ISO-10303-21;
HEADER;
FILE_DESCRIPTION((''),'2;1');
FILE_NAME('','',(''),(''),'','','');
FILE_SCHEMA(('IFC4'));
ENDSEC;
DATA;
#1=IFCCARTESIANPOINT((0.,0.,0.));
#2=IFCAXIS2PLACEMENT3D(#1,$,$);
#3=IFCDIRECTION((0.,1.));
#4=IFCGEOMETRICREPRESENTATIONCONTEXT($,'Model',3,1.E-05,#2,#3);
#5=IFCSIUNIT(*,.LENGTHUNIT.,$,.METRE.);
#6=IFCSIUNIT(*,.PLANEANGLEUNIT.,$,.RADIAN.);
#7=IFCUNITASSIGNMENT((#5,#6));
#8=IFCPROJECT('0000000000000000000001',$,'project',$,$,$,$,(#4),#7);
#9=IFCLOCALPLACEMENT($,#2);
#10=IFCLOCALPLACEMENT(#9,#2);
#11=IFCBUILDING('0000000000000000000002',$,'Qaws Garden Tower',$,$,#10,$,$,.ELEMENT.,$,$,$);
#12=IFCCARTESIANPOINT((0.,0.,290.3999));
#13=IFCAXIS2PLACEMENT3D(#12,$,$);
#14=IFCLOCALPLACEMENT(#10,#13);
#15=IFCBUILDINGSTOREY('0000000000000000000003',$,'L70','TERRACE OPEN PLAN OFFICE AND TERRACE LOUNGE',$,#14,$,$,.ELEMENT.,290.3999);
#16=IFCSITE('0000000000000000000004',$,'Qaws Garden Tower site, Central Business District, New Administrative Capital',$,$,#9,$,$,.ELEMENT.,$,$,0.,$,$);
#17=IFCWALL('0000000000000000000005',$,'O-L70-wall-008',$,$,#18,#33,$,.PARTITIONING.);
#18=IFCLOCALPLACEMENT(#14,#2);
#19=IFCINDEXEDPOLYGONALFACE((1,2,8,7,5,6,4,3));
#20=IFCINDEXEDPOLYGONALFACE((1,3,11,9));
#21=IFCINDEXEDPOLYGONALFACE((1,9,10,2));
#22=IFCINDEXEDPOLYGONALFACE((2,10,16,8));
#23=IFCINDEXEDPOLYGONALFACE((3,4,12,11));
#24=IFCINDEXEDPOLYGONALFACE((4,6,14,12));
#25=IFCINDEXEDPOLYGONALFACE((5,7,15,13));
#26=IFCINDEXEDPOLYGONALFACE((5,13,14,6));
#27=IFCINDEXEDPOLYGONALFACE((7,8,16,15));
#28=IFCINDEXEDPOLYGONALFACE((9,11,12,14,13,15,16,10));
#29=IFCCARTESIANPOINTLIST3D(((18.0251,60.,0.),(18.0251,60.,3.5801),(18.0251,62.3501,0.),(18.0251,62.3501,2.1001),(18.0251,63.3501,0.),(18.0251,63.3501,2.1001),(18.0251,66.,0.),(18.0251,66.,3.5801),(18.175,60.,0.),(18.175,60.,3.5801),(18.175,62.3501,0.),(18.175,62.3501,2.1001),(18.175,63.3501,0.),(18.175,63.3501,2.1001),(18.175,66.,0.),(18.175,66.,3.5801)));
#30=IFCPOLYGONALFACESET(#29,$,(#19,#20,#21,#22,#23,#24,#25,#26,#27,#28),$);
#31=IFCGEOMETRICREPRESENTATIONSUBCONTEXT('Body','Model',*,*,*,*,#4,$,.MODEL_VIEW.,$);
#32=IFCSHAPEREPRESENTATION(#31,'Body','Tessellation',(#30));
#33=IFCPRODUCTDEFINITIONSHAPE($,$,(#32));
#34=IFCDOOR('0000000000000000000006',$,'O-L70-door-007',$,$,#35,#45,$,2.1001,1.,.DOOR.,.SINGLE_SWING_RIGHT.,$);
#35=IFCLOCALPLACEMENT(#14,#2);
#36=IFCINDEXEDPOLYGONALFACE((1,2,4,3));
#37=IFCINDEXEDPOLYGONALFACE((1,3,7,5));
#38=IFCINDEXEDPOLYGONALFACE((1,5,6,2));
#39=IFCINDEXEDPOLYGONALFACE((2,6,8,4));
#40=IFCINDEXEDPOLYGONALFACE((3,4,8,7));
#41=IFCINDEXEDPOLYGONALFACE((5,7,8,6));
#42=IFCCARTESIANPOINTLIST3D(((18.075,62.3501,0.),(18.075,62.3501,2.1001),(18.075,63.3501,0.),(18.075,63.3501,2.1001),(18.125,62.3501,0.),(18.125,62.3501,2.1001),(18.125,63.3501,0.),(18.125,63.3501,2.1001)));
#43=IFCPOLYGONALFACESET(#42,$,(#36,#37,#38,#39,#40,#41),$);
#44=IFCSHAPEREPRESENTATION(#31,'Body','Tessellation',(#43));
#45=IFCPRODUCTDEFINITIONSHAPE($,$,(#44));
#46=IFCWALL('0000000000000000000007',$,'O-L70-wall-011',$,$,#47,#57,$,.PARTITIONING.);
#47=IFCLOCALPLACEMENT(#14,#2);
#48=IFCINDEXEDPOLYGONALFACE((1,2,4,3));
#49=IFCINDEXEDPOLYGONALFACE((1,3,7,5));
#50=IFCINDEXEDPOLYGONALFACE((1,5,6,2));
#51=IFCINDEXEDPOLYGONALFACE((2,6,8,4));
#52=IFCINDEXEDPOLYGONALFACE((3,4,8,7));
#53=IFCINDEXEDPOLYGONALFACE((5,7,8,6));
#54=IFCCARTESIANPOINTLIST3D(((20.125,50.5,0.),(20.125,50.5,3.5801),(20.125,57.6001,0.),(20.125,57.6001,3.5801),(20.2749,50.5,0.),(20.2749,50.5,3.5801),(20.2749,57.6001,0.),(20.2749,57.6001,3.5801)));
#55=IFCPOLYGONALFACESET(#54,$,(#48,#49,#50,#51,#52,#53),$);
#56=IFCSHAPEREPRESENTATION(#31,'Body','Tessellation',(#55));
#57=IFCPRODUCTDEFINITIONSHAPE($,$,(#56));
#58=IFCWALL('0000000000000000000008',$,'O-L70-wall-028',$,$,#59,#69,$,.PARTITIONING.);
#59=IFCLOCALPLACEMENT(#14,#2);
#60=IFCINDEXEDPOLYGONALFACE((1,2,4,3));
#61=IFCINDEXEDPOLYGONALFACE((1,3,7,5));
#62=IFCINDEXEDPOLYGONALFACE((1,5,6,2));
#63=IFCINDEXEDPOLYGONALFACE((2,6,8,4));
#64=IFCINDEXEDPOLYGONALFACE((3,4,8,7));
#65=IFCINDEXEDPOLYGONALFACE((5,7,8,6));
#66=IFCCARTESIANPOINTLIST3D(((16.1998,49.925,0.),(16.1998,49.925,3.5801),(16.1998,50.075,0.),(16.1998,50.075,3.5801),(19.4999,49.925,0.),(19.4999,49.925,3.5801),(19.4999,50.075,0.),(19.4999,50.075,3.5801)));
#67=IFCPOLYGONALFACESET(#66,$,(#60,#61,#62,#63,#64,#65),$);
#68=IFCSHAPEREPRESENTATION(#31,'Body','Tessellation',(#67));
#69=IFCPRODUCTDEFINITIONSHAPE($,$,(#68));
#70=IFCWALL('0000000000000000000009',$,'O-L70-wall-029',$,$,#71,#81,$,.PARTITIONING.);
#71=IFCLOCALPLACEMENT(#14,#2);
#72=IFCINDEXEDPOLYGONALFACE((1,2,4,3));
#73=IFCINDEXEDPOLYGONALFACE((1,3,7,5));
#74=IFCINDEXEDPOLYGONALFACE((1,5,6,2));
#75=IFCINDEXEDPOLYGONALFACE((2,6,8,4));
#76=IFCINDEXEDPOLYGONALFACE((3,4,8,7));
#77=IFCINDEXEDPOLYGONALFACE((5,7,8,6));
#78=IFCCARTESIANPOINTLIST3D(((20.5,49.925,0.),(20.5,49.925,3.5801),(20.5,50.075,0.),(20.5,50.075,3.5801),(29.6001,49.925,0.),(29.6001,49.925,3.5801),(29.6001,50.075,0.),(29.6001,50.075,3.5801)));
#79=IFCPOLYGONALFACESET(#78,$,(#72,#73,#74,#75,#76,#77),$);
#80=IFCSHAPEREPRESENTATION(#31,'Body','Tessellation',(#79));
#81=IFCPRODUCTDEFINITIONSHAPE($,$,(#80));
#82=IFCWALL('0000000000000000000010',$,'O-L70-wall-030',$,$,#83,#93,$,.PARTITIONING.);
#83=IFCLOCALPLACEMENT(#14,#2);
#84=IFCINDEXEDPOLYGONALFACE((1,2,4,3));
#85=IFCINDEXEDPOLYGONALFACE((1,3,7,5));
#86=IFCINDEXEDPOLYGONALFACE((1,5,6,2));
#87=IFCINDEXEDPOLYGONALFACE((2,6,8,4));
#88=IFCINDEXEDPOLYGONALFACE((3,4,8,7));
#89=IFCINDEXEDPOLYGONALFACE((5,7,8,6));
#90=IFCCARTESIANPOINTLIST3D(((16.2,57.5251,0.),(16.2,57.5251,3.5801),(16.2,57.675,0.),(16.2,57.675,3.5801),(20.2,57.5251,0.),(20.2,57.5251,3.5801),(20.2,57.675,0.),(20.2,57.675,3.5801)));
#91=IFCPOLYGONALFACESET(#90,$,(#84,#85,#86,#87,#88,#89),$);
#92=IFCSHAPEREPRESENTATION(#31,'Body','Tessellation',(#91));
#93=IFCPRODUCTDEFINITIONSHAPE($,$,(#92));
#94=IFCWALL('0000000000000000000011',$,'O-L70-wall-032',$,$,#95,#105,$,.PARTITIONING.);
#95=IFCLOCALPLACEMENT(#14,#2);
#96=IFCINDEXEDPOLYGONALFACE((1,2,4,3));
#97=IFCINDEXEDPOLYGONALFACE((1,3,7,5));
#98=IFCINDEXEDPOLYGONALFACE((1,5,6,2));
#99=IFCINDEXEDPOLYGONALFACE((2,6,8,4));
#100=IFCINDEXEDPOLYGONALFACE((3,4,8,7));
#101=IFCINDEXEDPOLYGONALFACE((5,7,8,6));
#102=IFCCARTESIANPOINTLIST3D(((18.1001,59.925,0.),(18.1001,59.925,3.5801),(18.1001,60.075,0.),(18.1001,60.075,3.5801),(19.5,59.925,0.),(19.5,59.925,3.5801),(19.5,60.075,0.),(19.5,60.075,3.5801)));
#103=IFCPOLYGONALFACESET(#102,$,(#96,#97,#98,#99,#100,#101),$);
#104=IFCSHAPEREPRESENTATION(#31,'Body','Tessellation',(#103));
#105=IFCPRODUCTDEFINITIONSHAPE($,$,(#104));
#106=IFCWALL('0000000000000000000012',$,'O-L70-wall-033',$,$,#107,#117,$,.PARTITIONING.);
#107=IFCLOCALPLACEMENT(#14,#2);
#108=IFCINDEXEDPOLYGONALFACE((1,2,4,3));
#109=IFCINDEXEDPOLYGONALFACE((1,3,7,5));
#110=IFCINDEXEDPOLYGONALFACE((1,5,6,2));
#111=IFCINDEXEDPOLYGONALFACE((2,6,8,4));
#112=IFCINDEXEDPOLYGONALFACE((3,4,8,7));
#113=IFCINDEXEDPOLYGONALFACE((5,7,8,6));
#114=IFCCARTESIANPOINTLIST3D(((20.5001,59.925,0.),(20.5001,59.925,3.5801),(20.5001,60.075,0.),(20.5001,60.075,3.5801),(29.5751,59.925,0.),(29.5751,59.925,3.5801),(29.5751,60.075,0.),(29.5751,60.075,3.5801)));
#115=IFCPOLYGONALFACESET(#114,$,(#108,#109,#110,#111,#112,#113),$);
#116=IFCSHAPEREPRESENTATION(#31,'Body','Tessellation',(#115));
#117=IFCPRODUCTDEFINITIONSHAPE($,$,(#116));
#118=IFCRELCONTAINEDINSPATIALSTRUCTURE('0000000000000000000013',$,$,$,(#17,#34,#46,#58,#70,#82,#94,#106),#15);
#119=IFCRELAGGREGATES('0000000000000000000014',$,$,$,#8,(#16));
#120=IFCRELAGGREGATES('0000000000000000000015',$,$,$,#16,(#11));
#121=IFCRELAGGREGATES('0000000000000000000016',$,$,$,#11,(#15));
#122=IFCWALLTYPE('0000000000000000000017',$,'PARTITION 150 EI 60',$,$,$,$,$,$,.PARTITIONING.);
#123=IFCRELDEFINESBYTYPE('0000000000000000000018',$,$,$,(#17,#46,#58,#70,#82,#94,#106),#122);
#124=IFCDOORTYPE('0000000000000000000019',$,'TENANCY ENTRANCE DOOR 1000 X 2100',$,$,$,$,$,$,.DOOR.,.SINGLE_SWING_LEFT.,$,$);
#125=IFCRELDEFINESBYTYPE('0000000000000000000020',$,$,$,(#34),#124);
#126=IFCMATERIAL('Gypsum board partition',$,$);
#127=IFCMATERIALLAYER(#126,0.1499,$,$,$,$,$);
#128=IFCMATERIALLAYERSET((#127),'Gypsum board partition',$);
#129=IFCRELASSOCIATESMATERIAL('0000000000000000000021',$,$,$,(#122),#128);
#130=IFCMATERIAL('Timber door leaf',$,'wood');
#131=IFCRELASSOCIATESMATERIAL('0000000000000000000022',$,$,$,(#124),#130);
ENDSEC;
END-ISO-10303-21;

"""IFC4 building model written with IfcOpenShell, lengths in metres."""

from ifc_helpers import new_model, si_unit, direction, frame, frame_2d, origin, place, context, subcontext, project, spatial, rectangle, extrude, material, layer, layer_set, type_object, element, fill, save


model = new_model("IFC4")

# Units and contexts
model_context = context("Model", 3, precision=1e-05, world=origin(), true_north=direction((0.0, 1.0)))
body_context = subcontext(model_context, "Body", "Model", "MODEL_VIEW")
ifc_project = project(units=[si_unit("LENGTHUNIT", "METRE"), si_unit("PLANEANGLEUNIT", "RADIAN")], contexts=[model_context])

# Site, building, storey
site_placement = place(None, origin())
site = spatial("IfcSite", under=ifc_project, at=site_placement, Name="Qaws Garden Tower site, Central Business District, New Administrative Capital", CompositionType="ELEMENT", RefElevation=0.0)
building_placement = place(site_placement, origin())
building = spatial("IfcBuilding", under=site, at=building_placement, Name="Qaws Garden Tower", CompositionType="ELEMENT")
storey_placement = place(building_placement, frame((0.0, 0.0, 290.3999)))
storey = spatial("IfcBuildingStorey", under=building, at=storey_placement, Name="L70", Description="TERRACE OPEN PLAN OFFICE AND TERRACE LOUNGE", CompositionType="ELEMENT", Elevation=290.3999)

# Wall, opening, door
ifc_material_1 = material(Name="Gypsum board partition")
ifc_layer_1 = layer(ifc_material_1, 0.1499)
ifc_layer_set_1 = layer_set([ifc_layer_1], Name="Gypsum board partition")
wall_type_1 = type_object("IfcWallType", Name="PARTITION 150 EI 60", PredefinedType="PARTITIONING", material=ifc_layer_set_1)
wall_1_placement = place(storey_placement, frame((18.1001, 60.0, 0.0), z_axis=(0.0, 0.0, 1.0), x_axis=(0.0, 1.0, 0.0)))
wall_1 = element("IfcWall", 1, at=wall_1_placement, inside=storey, type_object=wall_type_1, Name="O-L70-wall-008", PredefinedType="PARTITIONING", context=body_context, shape_type="SweptSolid", body=[
    extrude(rectangle(XDim=6.0, YDim=0.1499, at=frame_2d((3.0, 0.0))), origin(), (0.0, 0.0, 1.0), 3.5801),
])
opening_1_placement = place(wall_1_placement, frame((2.3501, 0.0, 0.0)))
opening_1 = element("IfcOpeningElement", 2, at=opening_1_placement, cuts=wall_1, PredefinedType="OPENING", context=body_context, shape_type="SweptSolid", body=[
    extrude(rectangle(XDim=1.0, YDim=2.1001, at=frame_2d((0.5, 1.05))), frame((0.0, 0.085, 0.0), z_axis=(0.0, -1.0, 0.0), x_axis=(1.0, 0.0, 0.0)), (0.0, 0.0, 1.0), 0.1699),
])
ifc_material_2 = material(Name="Timber door leaf", Category="wood")
door_type_1 = type_object("IfcDoorType", Name="TENANCY ENTRANCE DOOR 1000 X 2100", OperationType="SINGLE_SWING_LEFT", PredefinedType="DOOR", material=ifc_material_2)
door_1_placement = place(opening_1_placement, frame((1.0, 0.0, 0.0), z_axis=(0.0, 0.0, 1.0), x_axis=(-1.0, 0.0, 0.0)))
door_1 = element("IfcDoor", 3, at=door_1_placement, inside=storey, type_object=door_type_1, Name="O-L70-door-007", OperationType="SINGLE_SWING_RIGHT", OverallHeight=2.1001, OverallWidth=1.0, PredefinedType="DOOR", context=body_context, shape_type="SweptSolid", body=[
    extrude(rectangle(XDim=1.0, YDim=2.1001, at=frame_2d((0.5, 1.05))), frame((0.0, 0.0249, 0.0), z_axis=(0.0, -1.0, 0.0), x_axis=(1.0, 0.0, 0.0)), (0.0, 0.0, 1.0), 0.05),
])
fill(opening_1, door_1)

# Walls
wall_2_placement = place(storey_placement, frame((20.2, 50.5, 0.0), z_axis=(0.0, 0.0, 1.0), x_axis=(0.0, 1.0, 0.0)))
element("IfcWall", 4, at=wall_2_placement, inside=storey, type_object=wall_type_1, Name="O-L70-wall-011", PredefinedType="PARTITIONING", context=body_context, shape_type="SweptSolid", body=[
    extrude(rectangle(XDim=7.1001, YDim=0.1499, at=frame_2d((3.55, 0.0))), origin(), (0.0, 0.0, 1.0), 3.5801),
])
wall_3_placement = place(storey_placement, frame((16.2, 50.0, 0.0), z_axis=(0.0, 0.0, 1.0), x_axis=(1.0, 0.0, 0.0)))
element("IfcWall", 5, at=wall_3_placement, inside=storey, type_object=wall_type_1, Name="O-L70-wall-028", PredefinedType="PARTITIONING", context=body_context, shape_type="SweptSolid", body=[
    extrude(rectangle(XDim=3.3, YDim=0.1499, at=frame_2d((1.6499, 0.0))), origin(), (0.0, 0.0, 1.0), 3.5801),
])
wall_4_placement = place(storey_placement, frame((20.5, 50.0, 0.0), z_axis=(0.0, 0.0, 1.0), x_axis=(1.0, 0.0, 0.0)))
element("IfcWall", 6, at=wall_4_placement, inside=storey, type_object=wall_type_1, Name="O-L70-wall-029", PredefinedType="PARTITIONING", context=body_context, shape_type="SweptSolid", body=[
    extrude(rectangle(XDim=9.1001, YDim=0.1499, at=frame_2d((4.55, 0.0))), origin(), (0.0, 0.0, 1.0), 3.5801),
])
wall_5_placement = place(storey_placement, frame((16.2, 57.6001, 0.0), z_axis=(0.0, 0.0, 1.0), x_axis=(1.0, 0.0, 0.0)))
element("IfcWall", 7, at=wall_5_placement, inside=storey, type_object=wall_type_1, Name="O-L70-wall-030", PredefinedType="PARTITIONING", context=body_context, shape_type="SweptSolid", body=[
    extrude(rectangle(XDim=4.0, YDim=0.1499, at=frame_2d((2.0, 0.0))), origin(), (0.0, 0.0, 1.0), 3.5801),
])
wall_6_placement = place(storey_placement, frame((18.1001, 60.0, 0.0), z_axis=(0.0, 0.0, 1.0), x_axis=(1.0, 0.0, 0.0)))
element("IfcWall", 8, at=wall_6_placement, inside=storey, type_object=wall_type_1, Name="O-L70-wall-032", PredefinedType="PARTITIONING", context=body_context, shape_type="SweptSolid", body=[
    extrude(rectangle(XDim=1.3999, YDim=0.1499, at=frame_2d((0.7, 0.0))), origin(), (0.0, 0.0, 1.0), 3.5801),
])
wall_7_placement = place(storey_placement, frame((20.5, 60.0, 0.0), z_axis=(0.0, 0.0, 1.0), x_axis=(1.0, 0.0, 0.0)))
element("IfcWall", 9, at=wall_7_placement, inside=storey, type_object=wall_type_1, Name="O-L70-wall-033", PredefinedType="PARTITIONING", context=body_context, shape_type="SweptSolid", body=[
    extrude(rectangle(XDim=9.075, YDim=0.1499, at=frame_2d((4.5376, 0.0))), origin(), (0.0, 0.0, 1.0), 3.5801),
])

save(model, "model.ifc")
